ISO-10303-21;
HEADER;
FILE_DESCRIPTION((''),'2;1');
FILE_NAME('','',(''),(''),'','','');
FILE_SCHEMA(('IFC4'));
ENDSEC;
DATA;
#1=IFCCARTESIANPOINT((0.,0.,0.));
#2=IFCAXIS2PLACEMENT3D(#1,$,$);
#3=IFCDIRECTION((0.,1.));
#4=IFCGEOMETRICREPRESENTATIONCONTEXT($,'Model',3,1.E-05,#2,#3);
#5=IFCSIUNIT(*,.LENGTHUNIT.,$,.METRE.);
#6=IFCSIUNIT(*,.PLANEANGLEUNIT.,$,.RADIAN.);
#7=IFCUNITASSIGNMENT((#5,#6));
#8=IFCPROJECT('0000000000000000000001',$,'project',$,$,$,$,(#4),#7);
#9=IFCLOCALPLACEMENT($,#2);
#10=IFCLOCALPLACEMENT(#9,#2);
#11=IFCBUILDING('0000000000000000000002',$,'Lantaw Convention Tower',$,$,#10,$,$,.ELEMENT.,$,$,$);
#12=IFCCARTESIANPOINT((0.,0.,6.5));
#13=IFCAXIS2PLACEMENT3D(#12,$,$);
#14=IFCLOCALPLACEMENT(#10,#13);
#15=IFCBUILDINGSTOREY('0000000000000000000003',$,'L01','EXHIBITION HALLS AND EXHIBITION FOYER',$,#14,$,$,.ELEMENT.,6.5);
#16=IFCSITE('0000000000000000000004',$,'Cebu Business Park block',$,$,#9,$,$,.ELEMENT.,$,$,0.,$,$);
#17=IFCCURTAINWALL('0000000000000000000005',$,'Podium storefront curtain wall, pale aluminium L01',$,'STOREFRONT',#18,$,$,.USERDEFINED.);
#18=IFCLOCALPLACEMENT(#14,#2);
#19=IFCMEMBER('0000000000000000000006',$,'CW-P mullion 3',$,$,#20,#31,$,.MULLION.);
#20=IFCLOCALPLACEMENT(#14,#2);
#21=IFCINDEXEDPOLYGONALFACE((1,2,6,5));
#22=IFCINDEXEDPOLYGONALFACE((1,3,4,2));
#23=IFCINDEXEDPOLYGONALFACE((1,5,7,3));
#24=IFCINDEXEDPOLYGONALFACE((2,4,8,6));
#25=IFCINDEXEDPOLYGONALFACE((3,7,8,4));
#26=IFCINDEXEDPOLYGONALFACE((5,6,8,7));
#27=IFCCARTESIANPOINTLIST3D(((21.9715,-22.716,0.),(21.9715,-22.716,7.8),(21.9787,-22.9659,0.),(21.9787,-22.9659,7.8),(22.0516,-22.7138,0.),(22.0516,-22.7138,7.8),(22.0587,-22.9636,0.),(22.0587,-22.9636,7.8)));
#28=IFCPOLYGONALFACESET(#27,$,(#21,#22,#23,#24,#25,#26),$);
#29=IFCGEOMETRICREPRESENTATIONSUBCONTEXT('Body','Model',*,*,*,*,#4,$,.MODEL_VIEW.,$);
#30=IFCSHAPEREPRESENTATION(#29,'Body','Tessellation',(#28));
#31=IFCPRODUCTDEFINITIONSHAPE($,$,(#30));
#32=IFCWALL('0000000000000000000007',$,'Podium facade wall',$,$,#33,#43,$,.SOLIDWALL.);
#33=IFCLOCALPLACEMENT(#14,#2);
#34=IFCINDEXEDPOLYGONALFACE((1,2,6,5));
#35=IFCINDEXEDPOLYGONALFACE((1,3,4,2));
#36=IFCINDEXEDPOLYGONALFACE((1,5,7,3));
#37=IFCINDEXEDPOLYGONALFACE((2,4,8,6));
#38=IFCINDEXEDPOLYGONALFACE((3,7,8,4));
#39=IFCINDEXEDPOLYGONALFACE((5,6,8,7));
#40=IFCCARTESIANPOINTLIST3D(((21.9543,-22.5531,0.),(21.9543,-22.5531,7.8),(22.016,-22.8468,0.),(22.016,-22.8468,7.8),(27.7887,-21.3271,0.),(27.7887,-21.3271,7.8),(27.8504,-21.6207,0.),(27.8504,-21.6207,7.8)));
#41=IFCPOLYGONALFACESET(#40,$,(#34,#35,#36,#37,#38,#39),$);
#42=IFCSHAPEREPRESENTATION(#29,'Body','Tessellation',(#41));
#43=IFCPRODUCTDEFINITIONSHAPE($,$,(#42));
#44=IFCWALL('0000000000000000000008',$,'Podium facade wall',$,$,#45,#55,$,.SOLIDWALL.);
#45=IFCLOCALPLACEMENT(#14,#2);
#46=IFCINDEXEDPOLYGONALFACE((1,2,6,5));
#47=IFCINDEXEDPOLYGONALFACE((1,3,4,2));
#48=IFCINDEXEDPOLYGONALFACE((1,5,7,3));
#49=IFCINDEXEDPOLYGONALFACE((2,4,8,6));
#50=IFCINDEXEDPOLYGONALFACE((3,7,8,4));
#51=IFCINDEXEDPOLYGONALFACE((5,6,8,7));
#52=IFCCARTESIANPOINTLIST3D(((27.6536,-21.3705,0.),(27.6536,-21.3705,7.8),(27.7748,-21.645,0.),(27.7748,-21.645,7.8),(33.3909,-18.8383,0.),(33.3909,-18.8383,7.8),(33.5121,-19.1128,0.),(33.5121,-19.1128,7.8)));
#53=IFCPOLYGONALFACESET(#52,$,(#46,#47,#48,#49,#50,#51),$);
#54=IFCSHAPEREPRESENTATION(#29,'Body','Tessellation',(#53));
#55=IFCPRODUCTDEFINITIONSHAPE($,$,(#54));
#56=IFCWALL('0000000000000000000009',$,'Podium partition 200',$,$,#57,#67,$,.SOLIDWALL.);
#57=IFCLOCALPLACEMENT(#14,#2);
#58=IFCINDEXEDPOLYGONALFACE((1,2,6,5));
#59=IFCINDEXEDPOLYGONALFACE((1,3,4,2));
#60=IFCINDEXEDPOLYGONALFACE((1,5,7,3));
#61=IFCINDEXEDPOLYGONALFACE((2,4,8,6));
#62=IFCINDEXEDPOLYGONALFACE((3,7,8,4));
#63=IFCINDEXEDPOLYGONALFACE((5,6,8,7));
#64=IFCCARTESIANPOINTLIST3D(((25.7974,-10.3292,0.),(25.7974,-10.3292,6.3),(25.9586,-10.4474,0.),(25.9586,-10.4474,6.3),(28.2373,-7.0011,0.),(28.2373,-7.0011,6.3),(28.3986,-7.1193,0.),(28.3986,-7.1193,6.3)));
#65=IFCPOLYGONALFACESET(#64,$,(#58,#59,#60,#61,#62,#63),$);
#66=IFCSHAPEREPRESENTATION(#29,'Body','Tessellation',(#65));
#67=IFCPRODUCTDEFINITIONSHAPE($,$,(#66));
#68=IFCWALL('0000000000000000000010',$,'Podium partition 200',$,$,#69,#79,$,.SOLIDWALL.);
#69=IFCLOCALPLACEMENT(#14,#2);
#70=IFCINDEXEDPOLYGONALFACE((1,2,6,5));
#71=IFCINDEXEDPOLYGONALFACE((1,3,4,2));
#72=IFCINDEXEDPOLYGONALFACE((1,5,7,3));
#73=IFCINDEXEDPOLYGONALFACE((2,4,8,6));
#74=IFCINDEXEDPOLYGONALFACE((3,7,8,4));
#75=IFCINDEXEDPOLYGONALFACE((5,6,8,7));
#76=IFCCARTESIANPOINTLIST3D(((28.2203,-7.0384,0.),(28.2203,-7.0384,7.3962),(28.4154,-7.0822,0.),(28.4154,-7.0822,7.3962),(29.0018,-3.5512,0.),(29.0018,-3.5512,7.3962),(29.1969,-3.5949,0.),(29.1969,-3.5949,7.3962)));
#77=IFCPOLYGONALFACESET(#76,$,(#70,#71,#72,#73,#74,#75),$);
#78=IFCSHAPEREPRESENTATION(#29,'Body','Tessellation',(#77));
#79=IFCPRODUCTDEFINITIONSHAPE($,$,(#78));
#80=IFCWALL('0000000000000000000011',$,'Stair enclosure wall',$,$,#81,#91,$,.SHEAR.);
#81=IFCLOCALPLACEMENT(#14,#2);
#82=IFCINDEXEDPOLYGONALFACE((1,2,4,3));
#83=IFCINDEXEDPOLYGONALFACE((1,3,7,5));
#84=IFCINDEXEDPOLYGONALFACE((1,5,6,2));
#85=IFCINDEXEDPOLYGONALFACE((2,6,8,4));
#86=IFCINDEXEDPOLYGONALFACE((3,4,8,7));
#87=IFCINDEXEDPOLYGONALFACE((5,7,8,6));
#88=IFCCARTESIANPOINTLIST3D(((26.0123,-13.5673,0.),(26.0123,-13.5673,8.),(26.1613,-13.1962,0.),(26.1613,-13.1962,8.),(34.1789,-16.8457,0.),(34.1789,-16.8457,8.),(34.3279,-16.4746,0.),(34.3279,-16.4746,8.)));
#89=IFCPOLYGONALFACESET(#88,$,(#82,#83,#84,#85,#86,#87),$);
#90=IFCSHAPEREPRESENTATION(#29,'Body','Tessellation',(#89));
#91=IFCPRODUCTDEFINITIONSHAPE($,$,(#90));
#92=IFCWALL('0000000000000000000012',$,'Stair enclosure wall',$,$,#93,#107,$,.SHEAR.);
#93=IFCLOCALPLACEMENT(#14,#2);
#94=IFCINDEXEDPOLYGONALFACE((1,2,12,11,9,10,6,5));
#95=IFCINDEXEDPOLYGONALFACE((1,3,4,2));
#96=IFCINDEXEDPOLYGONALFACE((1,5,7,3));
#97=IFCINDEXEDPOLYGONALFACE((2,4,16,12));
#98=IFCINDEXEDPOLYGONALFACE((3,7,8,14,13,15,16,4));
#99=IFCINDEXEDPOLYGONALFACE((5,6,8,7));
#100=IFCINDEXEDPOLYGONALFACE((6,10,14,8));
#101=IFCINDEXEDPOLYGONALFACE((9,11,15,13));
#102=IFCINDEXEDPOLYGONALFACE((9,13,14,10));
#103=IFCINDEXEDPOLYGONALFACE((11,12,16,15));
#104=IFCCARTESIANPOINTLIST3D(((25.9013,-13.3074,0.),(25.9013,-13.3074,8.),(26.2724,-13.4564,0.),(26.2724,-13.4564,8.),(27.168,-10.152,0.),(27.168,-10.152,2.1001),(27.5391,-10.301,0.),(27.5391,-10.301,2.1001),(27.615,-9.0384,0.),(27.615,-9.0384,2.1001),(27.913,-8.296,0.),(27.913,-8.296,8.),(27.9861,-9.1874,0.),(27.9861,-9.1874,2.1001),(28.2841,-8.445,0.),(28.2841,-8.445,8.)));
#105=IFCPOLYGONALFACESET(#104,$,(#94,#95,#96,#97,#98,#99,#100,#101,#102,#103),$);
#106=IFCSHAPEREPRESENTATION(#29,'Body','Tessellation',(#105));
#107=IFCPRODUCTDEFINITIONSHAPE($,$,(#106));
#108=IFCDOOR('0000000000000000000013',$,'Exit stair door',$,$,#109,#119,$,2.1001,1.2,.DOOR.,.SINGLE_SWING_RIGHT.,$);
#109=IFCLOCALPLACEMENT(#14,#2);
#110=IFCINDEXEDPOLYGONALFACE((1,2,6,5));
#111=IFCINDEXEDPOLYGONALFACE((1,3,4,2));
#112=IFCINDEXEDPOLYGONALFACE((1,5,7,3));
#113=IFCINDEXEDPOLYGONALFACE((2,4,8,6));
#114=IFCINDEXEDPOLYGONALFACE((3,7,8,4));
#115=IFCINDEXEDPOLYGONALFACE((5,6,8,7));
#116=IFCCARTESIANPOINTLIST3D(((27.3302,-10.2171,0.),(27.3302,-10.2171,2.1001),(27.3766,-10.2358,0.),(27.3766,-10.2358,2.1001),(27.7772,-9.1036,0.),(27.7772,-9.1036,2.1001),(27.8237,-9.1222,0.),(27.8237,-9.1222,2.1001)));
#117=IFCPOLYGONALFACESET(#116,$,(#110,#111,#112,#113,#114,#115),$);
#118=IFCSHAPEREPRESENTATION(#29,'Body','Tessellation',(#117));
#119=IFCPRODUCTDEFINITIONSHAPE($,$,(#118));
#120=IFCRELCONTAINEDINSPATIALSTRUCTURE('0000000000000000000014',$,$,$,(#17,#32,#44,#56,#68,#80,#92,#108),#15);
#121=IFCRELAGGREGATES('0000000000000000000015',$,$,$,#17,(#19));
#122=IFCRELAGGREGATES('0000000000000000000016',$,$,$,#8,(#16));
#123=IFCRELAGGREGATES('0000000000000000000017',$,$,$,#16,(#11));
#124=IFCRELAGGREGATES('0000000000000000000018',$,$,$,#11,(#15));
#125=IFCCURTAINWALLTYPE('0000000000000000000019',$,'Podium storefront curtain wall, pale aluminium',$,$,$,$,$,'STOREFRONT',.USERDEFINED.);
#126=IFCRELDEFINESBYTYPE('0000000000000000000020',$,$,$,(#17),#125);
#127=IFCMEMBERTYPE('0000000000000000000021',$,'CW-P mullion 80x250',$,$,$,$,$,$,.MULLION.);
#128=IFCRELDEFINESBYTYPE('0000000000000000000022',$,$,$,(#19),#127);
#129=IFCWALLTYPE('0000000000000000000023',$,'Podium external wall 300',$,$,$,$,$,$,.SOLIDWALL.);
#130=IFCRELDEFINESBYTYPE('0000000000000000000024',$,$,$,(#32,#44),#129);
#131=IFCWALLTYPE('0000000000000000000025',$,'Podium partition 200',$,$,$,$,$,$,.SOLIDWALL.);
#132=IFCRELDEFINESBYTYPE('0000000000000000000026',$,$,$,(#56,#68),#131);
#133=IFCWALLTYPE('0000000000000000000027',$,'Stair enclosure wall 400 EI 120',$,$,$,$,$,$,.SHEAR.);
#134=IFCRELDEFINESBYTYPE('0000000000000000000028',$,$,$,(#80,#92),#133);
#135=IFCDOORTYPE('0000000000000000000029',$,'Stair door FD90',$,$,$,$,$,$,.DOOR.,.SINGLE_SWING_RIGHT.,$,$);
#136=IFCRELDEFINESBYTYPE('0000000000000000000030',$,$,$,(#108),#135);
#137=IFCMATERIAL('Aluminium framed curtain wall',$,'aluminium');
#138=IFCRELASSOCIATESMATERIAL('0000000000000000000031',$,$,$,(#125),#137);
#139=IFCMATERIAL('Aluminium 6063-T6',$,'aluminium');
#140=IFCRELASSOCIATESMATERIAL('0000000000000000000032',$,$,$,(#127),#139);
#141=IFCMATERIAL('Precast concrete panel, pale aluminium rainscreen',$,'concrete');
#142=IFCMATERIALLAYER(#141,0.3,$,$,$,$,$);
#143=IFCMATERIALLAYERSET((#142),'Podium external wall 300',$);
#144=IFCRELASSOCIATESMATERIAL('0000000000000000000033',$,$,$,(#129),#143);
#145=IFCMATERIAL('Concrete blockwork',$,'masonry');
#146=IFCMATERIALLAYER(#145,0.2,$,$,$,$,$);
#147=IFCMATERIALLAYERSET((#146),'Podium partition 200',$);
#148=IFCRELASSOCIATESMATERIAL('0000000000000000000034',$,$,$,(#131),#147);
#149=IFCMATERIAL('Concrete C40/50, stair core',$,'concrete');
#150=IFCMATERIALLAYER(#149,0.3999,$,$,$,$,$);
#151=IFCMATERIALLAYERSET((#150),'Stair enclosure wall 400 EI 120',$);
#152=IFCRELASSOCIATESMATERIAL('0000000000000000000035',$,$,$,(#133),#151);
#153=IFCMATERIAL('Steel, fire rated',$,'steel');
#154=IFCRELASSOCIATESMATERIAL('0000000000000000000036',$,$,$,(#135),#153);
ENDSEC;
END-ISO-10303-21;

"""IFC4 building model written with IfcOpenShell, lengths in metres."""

from ifc_helpers import new_model, si_unit, direction, frame, frame_2d, origin, origin_2d, place, context, subcontext, project, spatial, rectangle, extrude, material, layer, layer_set, material_profile, profile_set, type_object, element, fill, aggregate, save


model = new_model("IFC4")

# Units and contexts
model_context = context("Model", 3, precision=1e-05, world=origin(), true_north=direction((0.0, 1.0)))
body_context = subcontext(model_context, "Body", "Model", "MODEL_VIEW")
ifc_project = project(units=[si_unit("LENGTHUNIT", "METRE"), si_unit("PLANEANGLEUNIT", "RADIAN")], contexts=[model_context])

# Site, building, storey
site_placement = place(None, origin())
site = spatial("IfcSite", under=ifc_project, at=site_placement, Name="Cebu Business Park block", CompositionType="ELEMENT", RefElevation=0.0)
building_placement = place(site_placement, origin())
building = spatial("IfcBuilding", under=site, at=building_placement, Name="Lantaw Convention Tower", CompositionType="ELEMENT")
storey_placement = place(building_placement, frame((0.0, 0.0, 6.5)))
storey = spatial("IfcBuildingStorey", under=building, at=storey_placement, Name="L01", Description="EXHIBITION HALLS AND EXHIBITION FOYER", CompositionType="ELEMENT", Elevation=6.5)

# Curtain wall, member
ifc_material_1 = material(Name="Aluminium framed curtain wall", Category="aluminium")
curtain_wall_type = type_object("IfcCurtainWallType", Name="Podium storefront curtain wall, pale aluminium", ElementType="STOREFRONT", PredefinedType="USERDEFINED", material=ifc_material_1)
curtain_wall_placement = place(storey_placement, origin())
curtain_wall = element("IfcCurtainWall", 1, at=curtain_wall_placement, inside=storey, type_object=curtain_wall_type, Name="Podium storefront curtain wall, pale aluminium L01", ObjectType="STOREFRONT", PredefinedType="USERDEFINED")
ifc_material_2 = material(Name="Aluminium 6063-T6", Category="aluminium")
ifc_material_profile_1 = material_profile(ifc_material_2, rectangle(XDim=0.25, YDim=0.0801, at=origin_2d()), Name="CW-P mullion 80x250")
ifc_profile_set_1 = profile_set([ifc_material_profile_1], Name="Aluminium 6063-T6")
member_type = type_object("IfcMemberType", Name="CW-P mullion 80x250", PredefinedType="MULLION", material=ifc_profile_set_1)
member_placement = place(storey_placement, frame((22.0151, -22.8398, 0.0), z_axis=(0.0, 0.0, 1.0), x_axis=(-0.028552, 0.999592, 0.0)))
member = element("IfcMember", 2, at=member_placement, type_object=member_type, Name="CW-P mullion 3", PredefinedType="MULLION", context=body_context, shape_type="SweptSolid", body=[
    extrude(rectangle(XDim=0.25, YDim=0.0801, at=origin_2d()), origin(), (0.0, 0.0, 1.0), 7.8),
])
aggregate(curtain_wall, [member])

# Walls
ifc_material_3 = material(Name="Precast concrete panel, pale aluminium rainscreen", Category="concrete")
ifc_layer_1 = layer(ifc_material_3, 0.3)
ifc_layer_set_1 = layer_set([ifc_layer_1], Name="Podium external wall 300")
wall_type_1 = type_object("IfcWallType", Name="Podium external wall 300", PredefinedType="SOLIDWALL", material=ifc_layer_set_1)
wall_1_placement = place(storey_placement, frame((21.9851, -22.7, 0.0), z_axis=(0.0, 0.0, 1.0), x_axis=(0.978625, 0.205651, 0.0)))
element("IfcWall", 3, at=wall_1_placement, inside=storey, type_object=wall_type_1, Name="Podium facade wall", PredefinedType="SOLIDWALL", context=body_context, shape_type="SweptSolid", body=[
    extrude(rectangle(XDim=5.9619, YDim=0.3, at=frame_2d((2.981, 0.0))), origin(), (0.0, 0.0, 1.0), 7.8),
])
wall_2_placement = place(storey_placement, frame((27.7141, -21.5078, 0.0), z_axis=(0.0, 0.0, 1.0), x_axis=(0.914855, 0.403782, 0.0)))
element("IfcWall", 4, at=wall_2_placement, inside=storey, type_object=wall_type_1, Name="Podium facade wall", PredefinedType="SOLIDWALL", context=body_context, shape_type="SweptSolid", body=[
    extrude(rectangle(XDim=6.2712, YDim=0.3, at=frame_2d((3.1357, 0.0))), origin(), (0.0, 0.0, 1.0), 7.8),
])

# Shared definitions
ifc_material_4 = material(Name="Concrete blockwork", Category="masonry")
ifc_layer_2 = layer(ifc_material_4, 0.2)
ifc_layer_set_2 = layer_set([ifc_layer_2], Name="Podium partition 200")
wall_type_2 = type_object("IfcWallType", Name="Podium partition 200", PredefinedType="SOLIDWALL", material=ifc_layer_set_2)

# Walls
wall_3_placement = place(storey_placement, frame((25.8779, -10.3884, 0.0), z_axis=(0.0, 0.0, 1.0), x_axis=(0.591256, 0.806484, 0.0)))
element("IfcWall", 5, at=wall_3_placement, inside=storey, type_object=wall_type_2, Name="Podium partition 200", PredefinedType="SOLIDWALL", context=body_context, shape_type="SweptSolid", body=[
    extrude(rectangle(XDim=4.1267, YDim=0.2, at=frame_2d((2.0635, 0.0))), origin(), (0.0, 0.0, 1.0), 6.3),
])
wall_4_placement = place(storey_placement, frame((28.3179, -7.0603, 0.0), z_axis=(0.0, 0.0, 1.0), x_axis=(0.218673, 0.975798, 0.0)))
element("IfcWall", 6, at=wall_4_placement, inside=storey, type_object=wall_type_2, Name="Podium partition 200", PredefinedType="SOLIDWALL", context=body_context, shape_type="SweptSolid", body=[
    extrude(rectangle(XDim=3.5737, YDim=0.2, at=frame_2d((1.7869, 0.0))), origin(), (0.0, 0.0, 1.0), 7.3962),
])
ifc_material_5 = material(Name="Concrete C40/50, stair core", Category="concrete")
ifc_layer_3 = layer(ifc_material_5, 0.3999)
ifc_layer_set_3 = layer_set([ifc_layer_3], Name="Stair enclosure wall 400 EI 120")
wall_type_3 = type_object("IfcWallType", Name="Stair enclosure wall 400 EI 120", PredefinedType="SHEAR", material=ifc_layer_set_3)
wall_5_placement = place(storey_placement, frame((26.0869, -13.3818, 0.0), z_axis=(0.0, 0.0, 1.0), x_axis=(0.928017, -0.372538, 0.0)))
element("IfcWall", 7, at=wall_5_placement, inside=storey, type_object=wall_type_3, Name="Stair enclosure wall", PredefinedType="SHEAR", context=body_context, shape_type="SweptSolid", body=[
    extrude(rectangle(XDim=8.8, YDim=0.3999, at=frame_2d((4.3999, 0.0))), origin(), (0.0, 0.0, 1.0), 8.0),
])

# Wall, opening, door
wall_6_placement = place(storey_placement, frame((28.0986, -8.3704, 0.0), z_axis=(0.0, 0.0, 1.0), x_axis=(-0.372528, -0.928021, 0.0)))
wall_6 = element("IfcWall", 8, at=wall_6_placement, inside=storey, type_object=wall_type_3, Name="Stair enclosure wall", PredefinedType="SHEAR", context=body_context, shape_type="SweptSolid", body=[
    extrude(rectangle(XDim=5.4001, YDim=0.3999, at=frame_2d((2.7002, 0.0))), origin(), (0.0, 0.0, 1.0), 8.0),
])
opening_1_placement = place(wall_6_placement, frame((0.8, 0.0, 0.0)))
opening_1 = element("IfcOpeningElement", 9, at=opening_1_placement, cuts=wall_6, PredefinedType="OPENING", context=body_context, shape_type="SweptSolid", body=[
    extrude(rectangle(XDim=1.2, YDim=2.1001, at=frame_2d((0.6001, 1.05))), frame((0.0, 0.21, 0.0), z_axis=(0.0, -1.0, 0.0), x_axis=(1.0, 0.0, 0.0)), (0.0, 0.0, 1.0), 0.4199),
])
ifc_material_6 = material(Name="Steel, fire rated", Category="steel")
door_type_1 = type_object("IfcDoorType", Name="Stair door FD90", OperationType="SINGLE_SWING_RIGHT", PredefinedType="DOOR", material=ifc_material_6)
door_1_placement = place(opening_1_placement, origin())
door_1 = element("IfcDoor", 10, at=door_1_placement, inside=storey, type_object=door_type_1, Name="Exit stair door", OperationType="SINGLE_SWING_RIGHT", OverallHeight=2.1001, OverallWidth=1.2, PredefinedType="DOOR", context=body_context, shape_type="SweptSolid", body=[
    extrude(rectangle(XDim=1.2, YDim=2.1001, at=frame_2d((0.6001, 1.05))), frame((0.0, 0.0249, 0.0), z_axis=(0.0, -1.0, 0.0), x_axis=(1.0, 0.0, 0.0)), (0.0, 0.0, 1.0), 0.05),
])
fill(opening_1, door_1)

save(model, "model.ifc")
